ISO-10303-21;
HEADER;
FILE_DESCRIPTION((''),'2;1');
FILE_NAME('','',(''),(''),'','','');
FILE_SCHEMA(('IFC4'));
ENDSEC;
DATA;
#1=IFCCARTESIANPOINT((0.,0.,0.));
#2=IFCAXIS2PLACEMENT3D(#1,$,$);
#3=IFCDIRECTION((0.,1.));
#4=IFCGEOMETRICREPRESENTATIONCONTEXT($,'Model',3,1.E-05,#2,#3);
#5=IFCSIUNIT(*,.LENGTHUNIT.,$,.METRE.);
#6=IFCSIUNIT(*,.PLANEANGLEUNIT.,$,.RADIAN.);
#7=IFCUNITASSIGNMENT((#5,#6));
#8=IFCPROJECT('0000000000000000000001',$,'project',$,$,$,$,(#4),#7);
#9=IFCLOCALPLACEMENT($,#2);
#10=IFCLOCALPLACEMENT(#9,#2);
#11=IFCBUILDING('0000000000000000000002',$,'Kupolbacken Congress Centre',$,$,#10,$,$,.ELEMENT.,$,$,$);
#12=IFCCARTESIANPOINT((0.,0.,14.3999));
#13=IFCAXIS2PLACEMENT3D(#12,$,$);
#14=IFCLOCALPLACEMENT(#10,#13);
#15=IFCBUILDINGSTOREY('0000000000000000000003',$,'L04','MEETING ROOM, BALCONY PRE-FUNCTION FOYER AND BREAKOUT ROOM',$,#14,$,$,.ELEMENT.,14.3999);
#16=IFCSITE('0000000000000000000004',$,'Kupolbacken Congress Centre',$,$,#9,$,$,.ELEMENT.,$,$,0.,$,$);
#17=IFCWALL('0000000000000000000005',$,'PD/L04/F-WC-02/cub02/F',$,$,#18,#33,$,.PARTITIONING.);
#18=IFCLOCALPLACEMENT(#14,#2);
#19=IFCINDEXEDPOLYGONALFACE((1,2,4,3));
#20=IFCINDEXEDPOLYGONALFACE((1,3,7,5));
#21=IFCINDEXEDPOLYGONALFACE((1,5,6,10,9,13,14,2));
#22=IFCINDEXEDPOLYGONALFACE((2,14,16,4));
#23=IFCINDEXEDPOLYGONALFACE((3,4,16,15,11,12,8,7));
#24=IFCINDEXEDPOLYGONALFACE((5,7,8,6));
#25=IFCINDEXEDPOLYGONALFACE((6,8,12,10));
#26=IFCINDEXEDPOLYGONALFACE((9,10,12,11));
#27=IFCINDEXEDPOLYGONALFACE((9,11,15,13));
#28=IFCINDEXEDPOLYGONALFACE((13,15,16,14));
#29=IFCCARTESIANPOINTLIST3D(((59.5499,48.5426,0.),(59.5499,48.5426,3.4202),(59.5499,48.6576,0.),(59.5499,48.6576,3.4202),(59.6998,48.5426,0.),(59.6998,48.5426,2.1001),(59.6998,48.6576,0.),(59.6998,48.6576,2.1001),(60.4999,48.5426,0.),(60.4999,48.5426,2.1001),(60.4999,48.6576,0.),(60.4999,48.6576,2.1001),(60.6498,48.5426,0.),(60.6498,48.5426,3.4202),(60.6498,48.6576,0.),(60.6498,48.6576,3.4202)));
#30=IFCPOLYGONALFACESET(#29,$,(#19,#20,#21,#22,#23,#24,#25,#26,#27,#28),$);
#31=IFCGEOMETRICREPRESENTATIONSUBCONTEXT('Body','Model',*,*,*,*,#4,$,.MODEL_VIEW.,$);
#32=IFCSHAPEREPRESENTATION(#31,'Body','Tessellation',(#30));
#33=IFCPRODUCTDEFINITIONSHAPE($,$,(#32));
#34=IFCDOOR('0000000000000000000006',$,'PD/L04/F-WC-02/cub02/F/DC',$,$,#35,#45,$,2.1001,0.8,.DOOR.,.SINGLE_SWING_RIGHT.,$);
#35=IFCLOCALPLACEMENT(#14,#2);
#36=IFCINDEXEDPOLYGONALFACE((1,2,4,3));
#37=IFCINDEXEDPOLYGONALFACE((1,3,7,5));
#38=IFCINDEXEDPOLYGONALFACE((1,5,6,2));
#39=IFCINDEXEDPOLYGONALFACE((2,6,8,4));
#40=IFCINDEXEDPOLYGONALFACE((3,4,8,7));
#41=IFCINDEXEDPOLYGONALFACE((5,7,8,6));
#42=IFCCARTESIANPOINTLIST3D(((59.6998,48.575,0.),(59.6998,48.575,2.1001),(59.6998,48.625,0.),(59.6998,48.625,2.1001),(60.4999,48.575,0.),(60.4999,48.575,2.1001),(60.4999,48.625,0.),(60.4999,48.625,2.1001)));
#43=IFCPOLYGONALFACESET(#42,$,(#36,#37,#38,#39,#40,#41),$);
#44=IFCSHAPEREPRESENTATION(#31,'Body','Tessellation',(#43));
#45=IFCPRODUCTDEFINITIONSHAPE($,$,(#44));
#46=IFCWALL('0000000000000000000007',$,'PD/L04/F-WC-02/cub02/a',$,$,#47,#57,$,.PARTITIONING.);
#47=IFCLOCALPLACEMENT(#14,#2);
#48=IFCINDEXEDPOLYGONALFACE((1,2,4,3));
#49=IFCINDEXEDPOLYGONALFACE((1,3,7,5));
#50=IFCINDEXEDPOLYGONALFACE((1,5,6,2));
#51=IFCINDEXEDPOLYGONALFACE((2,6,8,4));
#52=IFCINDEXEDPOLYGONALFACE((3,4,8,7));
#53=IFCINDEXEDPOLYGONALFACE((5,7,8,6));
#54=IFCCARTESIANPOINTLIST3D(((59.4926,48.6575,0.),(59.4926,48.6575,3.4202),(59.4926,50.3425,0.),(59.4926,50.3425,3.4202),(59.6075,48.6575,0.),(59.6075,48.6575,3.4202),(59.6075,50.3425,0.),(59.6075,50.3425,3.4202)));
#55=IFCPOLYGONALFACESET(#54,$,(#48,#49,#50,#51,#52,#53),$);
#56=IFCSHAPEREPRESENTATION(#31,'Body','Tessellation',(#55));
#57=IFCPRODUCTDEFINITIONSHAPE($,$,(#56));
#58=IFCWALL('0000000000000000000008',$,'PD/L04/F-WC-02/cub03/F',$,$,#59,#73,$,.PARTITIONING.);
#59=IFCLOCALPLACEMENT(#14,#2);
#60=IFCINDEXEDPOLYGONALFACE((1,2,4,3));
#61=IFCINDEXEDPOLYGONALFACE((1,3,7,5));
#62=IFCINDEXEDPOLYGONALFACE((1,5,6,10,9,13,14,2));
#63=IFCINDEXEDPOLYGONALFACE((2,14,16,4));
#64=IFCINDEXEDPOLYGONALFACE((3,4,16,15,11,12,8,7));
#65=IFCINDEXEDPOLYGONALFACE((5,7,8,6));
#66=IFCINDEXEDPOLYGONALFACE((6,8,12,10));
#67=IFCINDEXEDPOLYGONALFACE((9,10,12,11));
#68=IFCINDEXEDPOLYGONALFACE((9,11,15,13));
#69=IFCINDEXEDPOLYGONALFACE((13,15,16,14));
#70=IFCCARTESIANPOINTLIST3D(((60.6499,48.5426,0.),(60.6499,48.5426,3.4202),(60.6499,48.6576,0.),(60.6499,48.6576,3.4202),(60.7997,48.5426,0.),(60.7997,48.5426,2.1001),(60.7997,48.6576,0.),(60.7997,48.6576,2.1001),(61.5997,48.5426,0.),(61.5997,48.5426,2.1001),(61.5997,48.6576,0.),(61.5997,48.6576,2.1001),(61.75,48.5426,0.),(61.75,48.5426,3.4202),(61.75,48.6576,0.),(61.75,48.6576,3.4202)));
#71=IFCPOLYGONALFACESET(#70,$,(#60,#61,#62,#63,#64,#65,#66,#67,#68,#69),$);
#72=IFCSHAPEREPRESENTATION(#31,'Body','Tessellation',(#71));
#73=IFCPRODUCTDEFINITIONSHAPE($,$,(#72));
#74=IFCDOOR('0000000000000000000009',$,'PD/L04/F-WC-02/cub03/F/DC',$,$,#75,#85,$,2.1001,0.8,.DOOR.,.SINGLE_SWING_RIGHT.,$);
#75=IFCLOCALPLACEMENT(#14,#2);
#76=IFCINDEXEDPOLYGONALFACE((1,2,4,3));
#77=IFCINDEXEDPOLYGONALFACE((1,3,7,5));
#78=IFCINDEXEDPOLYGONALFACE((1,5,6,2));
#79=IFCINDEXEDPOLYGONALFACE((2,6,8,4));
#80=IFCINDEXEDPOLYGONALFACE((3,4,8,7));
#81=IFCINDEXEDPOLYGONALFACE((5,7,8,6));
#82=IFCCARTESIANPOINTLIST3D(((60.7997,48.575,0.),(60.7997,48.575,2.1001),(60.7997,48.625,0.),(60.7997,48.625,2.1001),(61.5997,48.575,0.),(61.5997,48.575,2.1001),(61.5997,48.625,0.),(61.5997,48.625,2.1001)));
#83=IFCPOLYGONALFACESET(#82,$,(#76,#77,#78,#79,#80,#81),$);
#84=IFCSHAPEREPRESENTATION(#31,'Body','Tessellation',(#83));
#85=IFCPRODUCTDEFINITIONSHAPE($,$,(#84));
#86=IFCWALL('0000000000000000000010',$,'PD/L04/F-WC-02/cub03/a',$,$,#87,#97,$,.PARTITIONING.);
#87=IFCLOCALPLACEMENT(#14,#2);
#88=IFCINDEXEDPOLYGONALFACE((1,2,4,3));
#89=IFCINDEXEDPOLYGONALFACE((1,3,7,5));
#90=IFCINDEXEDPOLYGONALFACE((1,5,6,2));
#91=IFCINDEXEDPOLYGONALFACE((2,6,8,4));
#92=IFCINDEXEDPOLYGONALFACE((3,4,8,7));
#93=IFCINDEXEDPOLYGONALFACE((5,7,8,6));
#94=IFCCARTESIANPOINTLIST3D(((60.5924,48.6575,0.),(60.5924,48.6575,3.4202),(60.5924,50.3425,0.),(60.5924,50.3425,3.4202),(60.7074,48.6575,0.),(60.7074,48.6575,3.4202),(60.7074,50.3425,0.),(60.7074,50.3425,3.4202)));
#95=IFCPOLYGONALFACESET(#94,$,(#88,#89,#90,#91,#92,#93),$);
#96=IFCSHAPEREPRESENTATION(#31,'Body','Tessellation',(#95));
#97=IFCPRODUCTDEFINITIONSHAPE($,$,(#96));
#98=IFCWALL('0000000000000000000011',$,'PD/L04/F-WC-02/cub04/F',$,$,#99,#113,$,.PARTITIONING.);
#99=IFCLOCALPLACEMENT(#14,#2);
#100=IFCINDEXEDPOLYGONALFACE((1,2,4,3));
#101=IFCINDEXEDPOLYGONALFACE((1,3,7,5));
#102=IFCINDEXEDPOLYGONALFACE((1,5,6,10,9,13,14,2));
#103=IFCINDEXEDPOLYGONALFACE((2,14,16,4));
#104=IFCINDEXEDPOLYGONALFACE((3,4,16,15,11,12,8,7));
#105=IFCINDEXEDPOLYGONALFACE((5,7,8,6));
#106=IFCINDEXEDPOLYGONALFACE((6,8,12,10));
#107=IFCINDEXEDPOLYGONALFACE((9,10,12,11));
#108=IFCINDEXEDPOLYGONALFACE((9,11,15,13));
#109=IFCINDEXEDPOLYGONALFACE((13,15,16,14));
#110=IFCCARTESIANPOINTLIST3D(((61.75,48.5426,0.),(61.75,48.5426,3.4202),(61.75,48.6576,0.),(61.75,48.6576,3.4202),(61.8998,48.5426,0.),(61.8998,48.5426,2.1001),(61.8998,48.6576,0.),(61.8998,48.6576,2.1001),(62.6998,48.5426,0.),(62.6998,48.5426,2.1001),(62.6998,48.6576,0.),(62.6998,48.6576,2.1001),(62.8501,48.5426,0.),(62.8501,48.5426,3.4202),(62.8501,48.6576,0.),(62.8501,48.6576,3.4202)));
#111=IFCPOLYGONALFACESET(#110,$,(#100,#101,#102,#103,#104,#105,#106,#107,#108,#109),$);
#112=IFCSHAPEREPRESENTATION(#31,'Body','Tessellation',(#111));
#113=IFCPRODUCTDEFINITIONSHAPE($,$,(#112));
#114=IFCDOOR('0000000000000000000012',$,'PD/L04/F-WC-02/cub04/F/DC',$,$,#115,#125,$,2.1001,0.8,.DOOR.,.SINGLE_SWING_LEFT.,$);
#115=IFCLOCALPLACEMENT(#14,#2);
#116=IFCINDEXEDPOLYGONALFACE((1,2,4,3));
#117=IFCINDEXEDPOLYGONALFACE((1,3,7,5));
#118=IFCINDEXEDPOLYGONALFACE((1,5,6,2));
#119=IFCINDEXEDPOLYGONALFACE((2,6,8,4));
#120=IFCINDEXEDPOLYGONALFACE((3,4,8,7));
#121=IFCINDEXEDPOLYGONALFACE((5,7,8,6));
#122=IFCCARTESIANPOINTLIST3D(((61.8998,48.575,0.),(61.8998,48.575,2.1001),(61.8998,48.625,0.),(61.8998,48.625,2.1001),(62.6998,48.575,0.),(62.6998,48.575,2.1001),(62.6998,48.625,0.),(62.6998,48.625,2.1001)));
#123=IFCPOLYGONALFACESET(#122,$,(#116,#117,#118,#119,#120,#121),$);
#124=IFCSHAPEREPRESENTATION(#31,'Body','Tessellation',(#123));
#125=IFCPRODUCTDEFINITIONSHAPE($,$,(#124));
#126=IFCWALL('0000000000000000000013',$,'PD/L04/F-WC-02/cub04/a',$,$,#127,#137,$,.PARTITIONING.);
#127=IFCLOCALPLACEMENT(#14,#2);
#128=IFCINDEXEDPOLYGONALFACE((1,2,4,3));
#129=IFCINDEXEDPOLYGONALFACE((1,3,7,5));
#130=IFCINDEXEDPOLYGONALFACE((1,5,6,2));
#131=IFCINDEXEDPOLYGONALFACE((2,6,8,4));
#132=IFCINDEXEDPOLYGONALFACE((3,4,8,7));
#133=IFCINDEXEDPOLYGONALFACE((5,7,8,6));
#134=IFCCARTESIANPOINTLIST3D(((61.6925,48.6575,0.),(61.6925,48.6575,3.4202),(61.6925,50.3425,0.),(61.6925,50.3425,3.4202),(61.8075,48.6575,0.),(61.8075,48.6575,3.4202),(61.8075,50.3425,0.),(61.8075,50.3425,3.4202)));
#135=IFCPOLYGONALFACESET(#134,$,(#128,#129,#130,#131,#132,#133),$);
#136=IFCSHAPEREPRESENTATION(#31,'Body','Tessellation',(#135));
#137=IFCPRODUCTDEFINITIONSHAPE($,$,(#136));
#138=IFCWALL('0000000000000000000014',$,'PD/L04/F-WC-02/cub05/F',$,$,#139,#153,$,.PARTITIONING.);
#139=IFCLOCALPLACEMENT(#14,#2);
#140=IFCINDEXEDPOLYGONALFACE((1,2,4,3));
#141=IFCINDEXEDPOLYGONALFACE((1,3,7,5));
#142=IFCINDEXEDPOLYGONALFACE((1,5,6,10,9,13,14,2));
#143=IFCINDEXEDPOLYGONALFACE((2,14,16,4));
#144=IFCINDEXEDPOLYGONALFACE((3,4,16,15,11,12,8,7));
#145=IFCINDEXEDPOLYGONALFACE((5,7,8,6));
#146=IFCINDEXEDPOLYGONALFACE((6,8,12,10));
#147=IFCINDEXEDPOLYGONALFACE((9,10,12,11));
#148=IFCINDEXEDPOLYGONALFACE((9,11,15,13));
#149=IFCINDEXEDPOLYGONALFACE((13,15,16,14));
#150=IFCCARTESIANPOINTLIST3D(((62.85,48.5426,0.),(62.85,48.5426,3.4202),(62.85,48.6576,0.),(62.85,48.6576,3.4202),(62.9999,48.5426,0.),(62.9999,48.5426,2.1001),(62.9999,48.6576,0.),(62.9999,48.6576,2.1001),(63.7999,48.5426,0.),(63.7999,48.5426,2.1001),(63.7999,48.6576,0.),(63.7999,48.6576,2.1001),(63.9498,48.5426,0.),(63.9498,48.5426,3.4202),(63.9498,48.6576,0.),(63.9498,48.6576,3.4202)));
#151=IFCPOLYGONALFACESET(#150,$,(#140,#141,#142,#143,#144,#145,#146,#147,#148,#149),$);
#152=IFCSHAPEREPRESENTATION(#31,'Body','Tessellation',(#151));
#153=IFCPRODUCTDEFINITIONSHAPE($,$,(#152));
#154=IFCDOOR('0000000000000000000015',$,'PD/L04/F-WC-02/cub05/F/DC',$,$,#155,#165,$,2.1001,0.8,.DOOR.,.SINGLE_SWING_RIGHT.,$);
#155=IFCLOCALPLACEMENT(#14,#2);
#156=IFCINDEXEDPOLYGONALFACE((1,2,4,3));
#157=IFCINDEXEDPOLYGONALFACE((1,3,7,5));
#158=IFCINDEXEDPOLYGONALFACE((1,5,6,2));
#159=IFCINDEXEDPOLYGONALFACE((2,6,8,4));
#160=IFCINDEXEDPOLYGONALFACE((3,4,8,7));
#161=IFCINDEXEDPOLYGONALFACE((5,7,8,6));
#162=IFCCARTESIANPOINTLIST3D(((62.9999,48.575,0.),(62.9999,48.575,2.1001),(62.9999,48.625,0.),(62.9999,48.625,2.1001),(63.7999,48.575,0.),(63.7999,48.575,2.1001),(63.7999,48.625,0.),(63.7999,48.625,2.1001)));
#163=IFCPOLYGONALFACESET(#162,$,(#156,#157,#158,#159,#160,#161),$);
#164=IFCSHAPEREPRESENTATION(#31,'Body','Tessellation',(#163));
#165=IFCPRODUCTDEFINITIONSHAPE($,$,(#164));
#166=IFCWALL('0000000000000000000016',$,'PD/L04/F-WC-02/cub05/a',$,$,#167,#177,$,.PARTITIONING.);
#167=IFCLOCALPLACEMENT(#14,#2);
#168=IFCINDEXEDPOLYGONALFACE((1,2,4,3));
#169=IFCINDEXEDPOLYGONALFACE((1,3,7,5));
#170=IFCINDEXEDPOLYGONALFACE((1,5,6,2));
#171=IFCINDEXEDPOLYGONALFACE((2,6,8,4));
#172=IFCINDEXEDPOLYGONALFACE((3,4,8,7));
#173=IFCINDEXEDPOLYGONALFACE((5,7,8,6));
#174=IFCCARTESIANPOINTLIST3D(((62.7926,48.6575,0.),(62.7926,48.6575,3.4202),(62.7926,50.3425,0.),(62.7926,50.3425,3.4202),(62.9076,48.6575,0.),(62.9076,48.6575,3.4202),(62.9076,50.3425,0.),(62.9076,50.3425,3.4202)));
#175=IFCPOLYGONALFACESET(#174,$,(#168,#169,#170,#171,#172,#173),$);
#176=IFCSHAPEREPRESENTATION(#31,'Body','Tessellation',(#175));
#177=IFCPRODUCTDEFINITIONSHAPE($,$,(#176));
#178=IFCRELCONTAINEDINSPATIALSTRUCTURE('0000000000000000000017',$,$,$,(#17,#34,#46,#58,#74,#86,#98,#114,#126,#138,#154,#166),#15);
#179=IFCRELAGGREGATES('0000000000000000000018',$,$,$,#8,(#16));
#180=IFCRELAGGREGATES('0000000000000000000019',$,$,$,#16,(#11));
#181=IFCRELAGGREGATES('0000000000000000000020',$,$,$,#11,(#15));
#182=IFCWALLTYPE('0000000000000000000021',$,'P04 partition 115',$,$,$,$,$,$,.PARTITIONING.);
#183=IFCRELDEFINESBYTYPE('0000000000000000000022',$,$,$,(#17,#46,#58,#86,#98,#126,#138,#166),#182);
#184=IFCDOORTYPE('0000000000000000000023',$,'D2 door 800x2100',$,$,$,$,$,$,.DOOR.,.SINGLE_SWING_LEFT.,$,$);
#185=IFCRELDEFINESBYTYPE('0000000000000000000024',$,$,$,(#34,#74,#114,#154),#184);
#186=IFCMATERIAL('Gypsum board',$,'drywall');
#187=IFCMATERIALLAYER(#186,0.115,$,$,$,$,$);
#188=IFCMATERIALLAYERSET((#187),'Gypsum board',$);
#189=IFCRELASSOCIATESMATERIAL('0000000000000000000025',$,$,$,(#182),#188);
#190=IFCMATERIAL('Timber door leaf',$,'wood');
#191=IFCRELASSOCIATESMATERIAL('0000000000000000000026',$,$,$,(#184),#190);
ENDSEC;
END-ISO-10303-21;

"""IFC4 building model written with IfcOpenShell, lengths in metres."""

from ifc_helpers import new_model, si_unit, direction, frame, frame_2d, origin, place, context, subcontext, project, spatial, rectangle, extrude, material, layer, layer_set, type_object, element, fill, save


model = new_model("IFC4")

# Units and contexts
model_context = context("Model", 3, precision=1e-05, world=origin(), true_north=direction((0.0, 1.0)))
body_context = subcontext(model_context, "Body", "Model", "MODEL_VIEW")
ifc_project = project(units=[si_unit("LENGTHUNIT", "METRE"), si_unit("PLANEANGLEUNIT", "RADIAN")], contexts=[model_context])

# Site, building, storey
site_placement = place(None, origin())
site = spatial("IfcSite", under=ifc_project, at=site_placement, Name="Kupolbacken Congress Centre", CompositionType="ELEMENT", RefElevation=0.0)
building_placement = place(site_placement, origin())
building = spatial("IfcBuilding", under=site, at=building_placement, Name="Kupolbacken Congress Centre", CompositionType="ELEMENT")
storey_placement = place(building_placement, frame((0.0, 0.0, 14.3999)))
storey = spatial("IfcBuildingStorey", under=building, at=storey_placement, Name="L04", Description="MEETING ROOM, BALCONY PRE-FUNCTION FOYER AND BREAKOUT ROOM", CompositionType="ELEMENT", Elevation=14.3999)

# Shared definitions
ifc_material_1 = material(Name="Gypsum board", Category="drywall")
ifc_layer_1 = layer(ifc_material_1, 0.115)
ifc_layer_set_1 = layer_set([ifc_layer_1], Name="Gypsum board")
wall_type_1 = type_object("IfcWallType", Name="P04 partition 115", PredefinedType="PARTITIONING", material=ifc_layer_set_1)
ifc_material_2 = material(Name="Timber door leaf", Category="wood")
door_type_1 = type_object("IfcDoorType", Name="D2 door 800x2100", OperationType="SINGLE_SWING_LEFT", PredefinedType="DOOR", material=ifc_material_2)

# Wall, opening, door
wall_1_placement = place(storey_placement, frame((59.55, 48.6001, 0.0), z_axis=(0.0, 0.0, 1.0), x_axis=(1.0, 0.0, 0.0)))
wall_1 = element("IfcWall", 1, at=wall_1_placement, inside=storey, type_object=wall_type_1, Name="PD/L04/F-WC-02/cub02/F", PredefinedType="PARTITIONING", context=body_context, shape_type="SweptSolid", body=[
    extrude(rectangle(XDim=1.0999, YDim=0.115, at=frame_2d((0.5498, 0.0))), origin(), (0.0, 0.0, 1.0), 3.4202),
])
opening_1_placement = place(wall_1_placement, frame((0.1499, 0.0, 0.0)))
opening_1 = element("IfcOpeningElement", 2, at=opening_1_placement, cuts=wall_1, PredefinedType="OPENING", context=body_context, shape_type="SweptSolid", body=[
    extrude(rectangle(XDim=0.8, YDim=2.1001, at=frame_2d((0.3999, 1.05))), frame((0.0, 0.0674, 0.0), z_axis=(0.0, -1.0, 0.0), x_axis=(1.0, 0.0, 0.0)), (0.0, 0.0, 1.0), 0.135),
])
door_1_placement = place(opening_1_placement, origin())
door_1 = element("IfcDoor", 3, at=door_1_placement, inside=storey, type_object=door_type_1, Name="PD/L04/F-WC-02/cub02/F/DC", OperationType="SINGLE_SWING_RIGHT", OverallHeight=2.1001, OverallWidth=0.8, PredefinedType="DOOR", context=body_context, shape_type="SweptSolid", body=[
    extrude(rectangle(XDim=0.8, YDim=2.1001, at=frame_2d((0.3999, 1.05))), frame((0.0, 0.0249, 0.0), z_axis=(0.0, -1.0, 0.0), x_axis=(1.0, 0.0, 0.0)), (0.0, 0.0, 1.0), 0.05),
])
fill(opening_1, door_1)

# Wall
wall_2_placement = place(storey_placement, frame((59.55, 50.3425, 0.0), z_axis=(0.0, 0.0, 1.0), x_axis=(0.0, -1.0, 0.0)))
element("IfcWall", 4, at=wall_2_placement, inside=storey, type_object=wall_type_1, Name="PD/L04/F-WC-02/cub02/a", PredefinedType="PARTITIONING", context=body_context, shape_type="SweptSolid", body=[
    extrude(rectangle(XDim=1.6851, YDim=0.115, at=frame_2d((0.8425, 0.0))), origin(), (0.0, 0.0, 1.0), 3.4202),
])

# Wall, opening, door
wall_3_placement = place(storey_placement, frame((60.6499, 48.6001, 0.0), z_axis=(0.0, 0.0, 1.0), x_axis=(1.0, 0.0, 0.0)))
wall_3 = element("IfcWall", 5, at=wall_3_placement, inside=storey, type_object=wall_type_1, Name="PD/L04/F-WC-02/cub03/F", PredefinedType="PARTITIONING", context=body_context, shape_type="SweptSolid", body=[
    extrude(rectangle(XDim=1.1001, YDim=0.115, at=frame_2d((0.55, 0.0))), origin(), (0.0, 0.0, 1.0), 3.4202),
])
opening_2_placement = place(wall_3_placement, frame((0.1499, 0.0, 0.0)))
opening_2 = element("IfcOpeningElement", 6, at=opening_2_placement, cuts=wall_3, PredefinedType="OPENING", context=body_context, shape_type="SweptSolid", body=[
    extrude(rectangle(XDim=0.8, YDim=2.1001, at=frame_2d((0.3999, 1.05))), frame((0.0, 0.0674, 0.0), z_axis=(0.0, -1.0, 0.0), x_axis=(1.0, 0.0, 0.0)), (0.0, 0.0, 1.0), 0.135),
])
door_2_placement = place(opening_2_placement, origin())
door_2 = element("IfcDoor", 7, at=door_2_placement, inside=storey, type_object=door_type_1, Name="PD/L04/F-WC-02/cub03/F/DC", OperationType="SINGLE_SWING_RIGHT", OverallHeight=2.1001, OverallWidth=0.8, PredefinedType="DOOR", context=body_context, shape_type="SweptSolid", body=[
    extrude(rectangle(XDim=0.8, YDim=2.1001, at=frame_2d((0.3999, 1.05))), frame((0.0, 0.0249, 0.0), z_axis=(0.0, -1.0, 0.0), x_axis=(1.0, 0.0, 0.0)), (0.0, 0.0, 1.0), 0.05),
])
fill(opening_2, door_2)

# Wall
wall_4_placement = place(storey_placement, frame((60.6499, 50.3425, 0.0), z_axis=(0.0, 0.0, 1.0), x_axis=(0.0, -1.0, 0.0)))
element("IfcWall", 8, at=wall_4_placement, inside=storey, type_object=wall_type_1, Name="PD/L04/F-WC-02/cub03/a", PredefinedType="PARTITIONING", context=body_context, shape_type="SweptSolid", body=[
    extrude(rectangle(XDim=1.6851, YDim=0.115, at=frame_2d((0.8425, 0.0))), origin(), (0.0, 0.0, 1.0), 3.4202),
])

# Wall, opening, door
wall_5_placement = place(storey_placement, frame((61.75, 48.6001, 0.0), z_axis=(0.0, 0.0, 1.0), x_axis=(1.0, 0.0, 0.0)))
wall_5 = element("IfcWall", 9, at=wall_5_placement, inside=storey, type_object=wall_type_1, Name="PD/L04/F-WC-02/cub04/F", PredefinedType="PARTITIONING", context=body_context, shape_type="SweptSolid", body=[
    extrude(rectangle(XDim=1.1001, YDim=0.115, at=frame_2d((0.55, 0.0))), origin(), (0.0, 0.0, 1.0), 3.4202),
])
opening_3_placement = place(wall_5_placement, frame((0.1499, 0.0, 0.0)))
opening_3 = element("IfcOpeningElement", 10, at=opening_3_placement, cuts=wall_5, PredefinedType="OPENING", context=body_context, shape_type="SweptSolid", body=[
    extrude(rectangle(XDim=0.8, YDim=2.1001, at=frame_2d((0.3999, 1.05))), frame((0.0, 0.0674, 0.0), z_axis=(0.0, -1.0, 0.0), x_axis=(1.0, 0.0, 0.0)), (0.0, 0.0, 1.0), 0.135),
])
door_3_placement = place(opening_3_placement, origin())
door_3 = element("IfcDoor", 11, at=door_3_placement, inside=storey, type_object=door_type_1, Name="PD/L04/F-WC-02/cub04/F/DC", OperationType="SINGLE_SWING_LEFT", OverallHeight=2.1001, OverallWidth=0.8, PredefinedType="DOOR", context=body_context, shape_type="SweptSolid", body=[
    extrude(rectangle(XDim=0.8, YDim=2.1001, at=frame_2d((0.3999, 1.05))), frame((0.0, 0.0249, 0.0), z_axis=(0.0, -1.0, 0.0), x_axis=(1.0, 0.0, 0.0)), (0.0, 0.0, 1.0), 0.05),
])
fill(opening_3, door_3)

# Wall
wall_6_placement = place(storey_placement, frame((61.75, 50.3425, 0.0), z_axis=(0.0, 0.0, 1.0), x_axis=(0.0, -1.0, 0.0)))
element("IfcWall", 12, at=wall_6_placement, inside=storey, type_object=wall_type_1, Name="PD/L04/F-WC-02/cub04/a", PredefinedType="PARTITIONING", context=body_context, shape_type="SweptSolid", body=[
    extrude(rectangle(XDim=1.6851, YDim=0.115, at=frame_2d((0.8425, 0.0))), origin(), (0.0, 0.0, 1.0), 3.4202),
])

# Wall, opening, door
wall_7_placement = place(storey_placement, frame((62.8501, 48.6001, 0.0), z_axis=(0.0, 0.0, 1.0), x_axis=(1.0, 0.0, 0.0)))
wall_7 = element("IfcWall", 13, at=wall_7_placement, inside=storey, type_object=wall_type_1, Name="PD/L04/F-WC-02/cub05/F", PredefinedType="PARTITIONING", context=body_context, shape_type="SweptSolid", body=[
    extrude(rectangle(XDim=1.0999, YDim=0.115, at=frame_2d((0.5498, 0.0))), origin(), (0.0, 0.0, 1.0), 3.4202),
])
opening_4_placement = place(wall_7_placement, frame((0.1499, 0.0, 0.0)))
opening_4 = element("IfcOpeningElement", 14, at=opening_4_placement, cuts=wall_7, PredefinedType="OPENING", context=body_context, shape_type="SweptSolid", body=[
    extrude(rectangle(XDim=0.8, YDim=2.1001, at=frame_2d((0.3999, 1.05))), frame((0.0, 0.0674, 0.0), z_axis=(0.0, -1.0, 0.0), x_axis=(1.0, 0.0, 0.0)), (0.0, 0.0, 1.0), 0.135),
])
door_4_placement = place(opening_4_placement, origin())
door_4 = element("IfcDoor", 15, at=door_4_placement, inside=storey, type_object=door_type_1, Name="PD/L04/F-WC-02/cub05/F/DC", OperationType="SINGLE_SWING_RIGHT", OverallHeight=2.1001, OverallWidth=0.8, PredefinedType="DOOR", context=body_context, shape_type="SweptSolid", body=[
    extrude(rectangle(XDim=0.8, YDim=2.1001, at=frame_2d((0.3999, 1.05))), frame((0.0, 0.0249, 0.0), z_axis=(0.0, -1.0, 0.0), x_axis=(1.0, 0.0, 0.0)), (0.0, 0.0, 1.0), 0.05),
])
fill(opening_4, door_4)

# Wall
for number, where, z_axis, x_axis, name in (
    (16, (62.8501, 50.3425, 0.0), (0.0, 0.0, 1.0), (0.0, -1.0, 0.0), "PD/L04/F-WC-02/cub05/a"),
):
    element("IfcWall", number, at=place(storey_placement, frame(where, z_axis=z_axis, x_axis=x_axis)), inside=storey, type_object=wall_type_1, Name=name, PredefinedType="PARTITIONING", context=body_context, shape_type="SweptSolid", body=[
        extrude(rectangle(XDim=1.6851, YDim=0.115, at=frame_2d((0.8425, 0.0))), origin(), (0.0, 0.0, 1.0), 3.4202),
    ])

save(model, "model.ifc")
